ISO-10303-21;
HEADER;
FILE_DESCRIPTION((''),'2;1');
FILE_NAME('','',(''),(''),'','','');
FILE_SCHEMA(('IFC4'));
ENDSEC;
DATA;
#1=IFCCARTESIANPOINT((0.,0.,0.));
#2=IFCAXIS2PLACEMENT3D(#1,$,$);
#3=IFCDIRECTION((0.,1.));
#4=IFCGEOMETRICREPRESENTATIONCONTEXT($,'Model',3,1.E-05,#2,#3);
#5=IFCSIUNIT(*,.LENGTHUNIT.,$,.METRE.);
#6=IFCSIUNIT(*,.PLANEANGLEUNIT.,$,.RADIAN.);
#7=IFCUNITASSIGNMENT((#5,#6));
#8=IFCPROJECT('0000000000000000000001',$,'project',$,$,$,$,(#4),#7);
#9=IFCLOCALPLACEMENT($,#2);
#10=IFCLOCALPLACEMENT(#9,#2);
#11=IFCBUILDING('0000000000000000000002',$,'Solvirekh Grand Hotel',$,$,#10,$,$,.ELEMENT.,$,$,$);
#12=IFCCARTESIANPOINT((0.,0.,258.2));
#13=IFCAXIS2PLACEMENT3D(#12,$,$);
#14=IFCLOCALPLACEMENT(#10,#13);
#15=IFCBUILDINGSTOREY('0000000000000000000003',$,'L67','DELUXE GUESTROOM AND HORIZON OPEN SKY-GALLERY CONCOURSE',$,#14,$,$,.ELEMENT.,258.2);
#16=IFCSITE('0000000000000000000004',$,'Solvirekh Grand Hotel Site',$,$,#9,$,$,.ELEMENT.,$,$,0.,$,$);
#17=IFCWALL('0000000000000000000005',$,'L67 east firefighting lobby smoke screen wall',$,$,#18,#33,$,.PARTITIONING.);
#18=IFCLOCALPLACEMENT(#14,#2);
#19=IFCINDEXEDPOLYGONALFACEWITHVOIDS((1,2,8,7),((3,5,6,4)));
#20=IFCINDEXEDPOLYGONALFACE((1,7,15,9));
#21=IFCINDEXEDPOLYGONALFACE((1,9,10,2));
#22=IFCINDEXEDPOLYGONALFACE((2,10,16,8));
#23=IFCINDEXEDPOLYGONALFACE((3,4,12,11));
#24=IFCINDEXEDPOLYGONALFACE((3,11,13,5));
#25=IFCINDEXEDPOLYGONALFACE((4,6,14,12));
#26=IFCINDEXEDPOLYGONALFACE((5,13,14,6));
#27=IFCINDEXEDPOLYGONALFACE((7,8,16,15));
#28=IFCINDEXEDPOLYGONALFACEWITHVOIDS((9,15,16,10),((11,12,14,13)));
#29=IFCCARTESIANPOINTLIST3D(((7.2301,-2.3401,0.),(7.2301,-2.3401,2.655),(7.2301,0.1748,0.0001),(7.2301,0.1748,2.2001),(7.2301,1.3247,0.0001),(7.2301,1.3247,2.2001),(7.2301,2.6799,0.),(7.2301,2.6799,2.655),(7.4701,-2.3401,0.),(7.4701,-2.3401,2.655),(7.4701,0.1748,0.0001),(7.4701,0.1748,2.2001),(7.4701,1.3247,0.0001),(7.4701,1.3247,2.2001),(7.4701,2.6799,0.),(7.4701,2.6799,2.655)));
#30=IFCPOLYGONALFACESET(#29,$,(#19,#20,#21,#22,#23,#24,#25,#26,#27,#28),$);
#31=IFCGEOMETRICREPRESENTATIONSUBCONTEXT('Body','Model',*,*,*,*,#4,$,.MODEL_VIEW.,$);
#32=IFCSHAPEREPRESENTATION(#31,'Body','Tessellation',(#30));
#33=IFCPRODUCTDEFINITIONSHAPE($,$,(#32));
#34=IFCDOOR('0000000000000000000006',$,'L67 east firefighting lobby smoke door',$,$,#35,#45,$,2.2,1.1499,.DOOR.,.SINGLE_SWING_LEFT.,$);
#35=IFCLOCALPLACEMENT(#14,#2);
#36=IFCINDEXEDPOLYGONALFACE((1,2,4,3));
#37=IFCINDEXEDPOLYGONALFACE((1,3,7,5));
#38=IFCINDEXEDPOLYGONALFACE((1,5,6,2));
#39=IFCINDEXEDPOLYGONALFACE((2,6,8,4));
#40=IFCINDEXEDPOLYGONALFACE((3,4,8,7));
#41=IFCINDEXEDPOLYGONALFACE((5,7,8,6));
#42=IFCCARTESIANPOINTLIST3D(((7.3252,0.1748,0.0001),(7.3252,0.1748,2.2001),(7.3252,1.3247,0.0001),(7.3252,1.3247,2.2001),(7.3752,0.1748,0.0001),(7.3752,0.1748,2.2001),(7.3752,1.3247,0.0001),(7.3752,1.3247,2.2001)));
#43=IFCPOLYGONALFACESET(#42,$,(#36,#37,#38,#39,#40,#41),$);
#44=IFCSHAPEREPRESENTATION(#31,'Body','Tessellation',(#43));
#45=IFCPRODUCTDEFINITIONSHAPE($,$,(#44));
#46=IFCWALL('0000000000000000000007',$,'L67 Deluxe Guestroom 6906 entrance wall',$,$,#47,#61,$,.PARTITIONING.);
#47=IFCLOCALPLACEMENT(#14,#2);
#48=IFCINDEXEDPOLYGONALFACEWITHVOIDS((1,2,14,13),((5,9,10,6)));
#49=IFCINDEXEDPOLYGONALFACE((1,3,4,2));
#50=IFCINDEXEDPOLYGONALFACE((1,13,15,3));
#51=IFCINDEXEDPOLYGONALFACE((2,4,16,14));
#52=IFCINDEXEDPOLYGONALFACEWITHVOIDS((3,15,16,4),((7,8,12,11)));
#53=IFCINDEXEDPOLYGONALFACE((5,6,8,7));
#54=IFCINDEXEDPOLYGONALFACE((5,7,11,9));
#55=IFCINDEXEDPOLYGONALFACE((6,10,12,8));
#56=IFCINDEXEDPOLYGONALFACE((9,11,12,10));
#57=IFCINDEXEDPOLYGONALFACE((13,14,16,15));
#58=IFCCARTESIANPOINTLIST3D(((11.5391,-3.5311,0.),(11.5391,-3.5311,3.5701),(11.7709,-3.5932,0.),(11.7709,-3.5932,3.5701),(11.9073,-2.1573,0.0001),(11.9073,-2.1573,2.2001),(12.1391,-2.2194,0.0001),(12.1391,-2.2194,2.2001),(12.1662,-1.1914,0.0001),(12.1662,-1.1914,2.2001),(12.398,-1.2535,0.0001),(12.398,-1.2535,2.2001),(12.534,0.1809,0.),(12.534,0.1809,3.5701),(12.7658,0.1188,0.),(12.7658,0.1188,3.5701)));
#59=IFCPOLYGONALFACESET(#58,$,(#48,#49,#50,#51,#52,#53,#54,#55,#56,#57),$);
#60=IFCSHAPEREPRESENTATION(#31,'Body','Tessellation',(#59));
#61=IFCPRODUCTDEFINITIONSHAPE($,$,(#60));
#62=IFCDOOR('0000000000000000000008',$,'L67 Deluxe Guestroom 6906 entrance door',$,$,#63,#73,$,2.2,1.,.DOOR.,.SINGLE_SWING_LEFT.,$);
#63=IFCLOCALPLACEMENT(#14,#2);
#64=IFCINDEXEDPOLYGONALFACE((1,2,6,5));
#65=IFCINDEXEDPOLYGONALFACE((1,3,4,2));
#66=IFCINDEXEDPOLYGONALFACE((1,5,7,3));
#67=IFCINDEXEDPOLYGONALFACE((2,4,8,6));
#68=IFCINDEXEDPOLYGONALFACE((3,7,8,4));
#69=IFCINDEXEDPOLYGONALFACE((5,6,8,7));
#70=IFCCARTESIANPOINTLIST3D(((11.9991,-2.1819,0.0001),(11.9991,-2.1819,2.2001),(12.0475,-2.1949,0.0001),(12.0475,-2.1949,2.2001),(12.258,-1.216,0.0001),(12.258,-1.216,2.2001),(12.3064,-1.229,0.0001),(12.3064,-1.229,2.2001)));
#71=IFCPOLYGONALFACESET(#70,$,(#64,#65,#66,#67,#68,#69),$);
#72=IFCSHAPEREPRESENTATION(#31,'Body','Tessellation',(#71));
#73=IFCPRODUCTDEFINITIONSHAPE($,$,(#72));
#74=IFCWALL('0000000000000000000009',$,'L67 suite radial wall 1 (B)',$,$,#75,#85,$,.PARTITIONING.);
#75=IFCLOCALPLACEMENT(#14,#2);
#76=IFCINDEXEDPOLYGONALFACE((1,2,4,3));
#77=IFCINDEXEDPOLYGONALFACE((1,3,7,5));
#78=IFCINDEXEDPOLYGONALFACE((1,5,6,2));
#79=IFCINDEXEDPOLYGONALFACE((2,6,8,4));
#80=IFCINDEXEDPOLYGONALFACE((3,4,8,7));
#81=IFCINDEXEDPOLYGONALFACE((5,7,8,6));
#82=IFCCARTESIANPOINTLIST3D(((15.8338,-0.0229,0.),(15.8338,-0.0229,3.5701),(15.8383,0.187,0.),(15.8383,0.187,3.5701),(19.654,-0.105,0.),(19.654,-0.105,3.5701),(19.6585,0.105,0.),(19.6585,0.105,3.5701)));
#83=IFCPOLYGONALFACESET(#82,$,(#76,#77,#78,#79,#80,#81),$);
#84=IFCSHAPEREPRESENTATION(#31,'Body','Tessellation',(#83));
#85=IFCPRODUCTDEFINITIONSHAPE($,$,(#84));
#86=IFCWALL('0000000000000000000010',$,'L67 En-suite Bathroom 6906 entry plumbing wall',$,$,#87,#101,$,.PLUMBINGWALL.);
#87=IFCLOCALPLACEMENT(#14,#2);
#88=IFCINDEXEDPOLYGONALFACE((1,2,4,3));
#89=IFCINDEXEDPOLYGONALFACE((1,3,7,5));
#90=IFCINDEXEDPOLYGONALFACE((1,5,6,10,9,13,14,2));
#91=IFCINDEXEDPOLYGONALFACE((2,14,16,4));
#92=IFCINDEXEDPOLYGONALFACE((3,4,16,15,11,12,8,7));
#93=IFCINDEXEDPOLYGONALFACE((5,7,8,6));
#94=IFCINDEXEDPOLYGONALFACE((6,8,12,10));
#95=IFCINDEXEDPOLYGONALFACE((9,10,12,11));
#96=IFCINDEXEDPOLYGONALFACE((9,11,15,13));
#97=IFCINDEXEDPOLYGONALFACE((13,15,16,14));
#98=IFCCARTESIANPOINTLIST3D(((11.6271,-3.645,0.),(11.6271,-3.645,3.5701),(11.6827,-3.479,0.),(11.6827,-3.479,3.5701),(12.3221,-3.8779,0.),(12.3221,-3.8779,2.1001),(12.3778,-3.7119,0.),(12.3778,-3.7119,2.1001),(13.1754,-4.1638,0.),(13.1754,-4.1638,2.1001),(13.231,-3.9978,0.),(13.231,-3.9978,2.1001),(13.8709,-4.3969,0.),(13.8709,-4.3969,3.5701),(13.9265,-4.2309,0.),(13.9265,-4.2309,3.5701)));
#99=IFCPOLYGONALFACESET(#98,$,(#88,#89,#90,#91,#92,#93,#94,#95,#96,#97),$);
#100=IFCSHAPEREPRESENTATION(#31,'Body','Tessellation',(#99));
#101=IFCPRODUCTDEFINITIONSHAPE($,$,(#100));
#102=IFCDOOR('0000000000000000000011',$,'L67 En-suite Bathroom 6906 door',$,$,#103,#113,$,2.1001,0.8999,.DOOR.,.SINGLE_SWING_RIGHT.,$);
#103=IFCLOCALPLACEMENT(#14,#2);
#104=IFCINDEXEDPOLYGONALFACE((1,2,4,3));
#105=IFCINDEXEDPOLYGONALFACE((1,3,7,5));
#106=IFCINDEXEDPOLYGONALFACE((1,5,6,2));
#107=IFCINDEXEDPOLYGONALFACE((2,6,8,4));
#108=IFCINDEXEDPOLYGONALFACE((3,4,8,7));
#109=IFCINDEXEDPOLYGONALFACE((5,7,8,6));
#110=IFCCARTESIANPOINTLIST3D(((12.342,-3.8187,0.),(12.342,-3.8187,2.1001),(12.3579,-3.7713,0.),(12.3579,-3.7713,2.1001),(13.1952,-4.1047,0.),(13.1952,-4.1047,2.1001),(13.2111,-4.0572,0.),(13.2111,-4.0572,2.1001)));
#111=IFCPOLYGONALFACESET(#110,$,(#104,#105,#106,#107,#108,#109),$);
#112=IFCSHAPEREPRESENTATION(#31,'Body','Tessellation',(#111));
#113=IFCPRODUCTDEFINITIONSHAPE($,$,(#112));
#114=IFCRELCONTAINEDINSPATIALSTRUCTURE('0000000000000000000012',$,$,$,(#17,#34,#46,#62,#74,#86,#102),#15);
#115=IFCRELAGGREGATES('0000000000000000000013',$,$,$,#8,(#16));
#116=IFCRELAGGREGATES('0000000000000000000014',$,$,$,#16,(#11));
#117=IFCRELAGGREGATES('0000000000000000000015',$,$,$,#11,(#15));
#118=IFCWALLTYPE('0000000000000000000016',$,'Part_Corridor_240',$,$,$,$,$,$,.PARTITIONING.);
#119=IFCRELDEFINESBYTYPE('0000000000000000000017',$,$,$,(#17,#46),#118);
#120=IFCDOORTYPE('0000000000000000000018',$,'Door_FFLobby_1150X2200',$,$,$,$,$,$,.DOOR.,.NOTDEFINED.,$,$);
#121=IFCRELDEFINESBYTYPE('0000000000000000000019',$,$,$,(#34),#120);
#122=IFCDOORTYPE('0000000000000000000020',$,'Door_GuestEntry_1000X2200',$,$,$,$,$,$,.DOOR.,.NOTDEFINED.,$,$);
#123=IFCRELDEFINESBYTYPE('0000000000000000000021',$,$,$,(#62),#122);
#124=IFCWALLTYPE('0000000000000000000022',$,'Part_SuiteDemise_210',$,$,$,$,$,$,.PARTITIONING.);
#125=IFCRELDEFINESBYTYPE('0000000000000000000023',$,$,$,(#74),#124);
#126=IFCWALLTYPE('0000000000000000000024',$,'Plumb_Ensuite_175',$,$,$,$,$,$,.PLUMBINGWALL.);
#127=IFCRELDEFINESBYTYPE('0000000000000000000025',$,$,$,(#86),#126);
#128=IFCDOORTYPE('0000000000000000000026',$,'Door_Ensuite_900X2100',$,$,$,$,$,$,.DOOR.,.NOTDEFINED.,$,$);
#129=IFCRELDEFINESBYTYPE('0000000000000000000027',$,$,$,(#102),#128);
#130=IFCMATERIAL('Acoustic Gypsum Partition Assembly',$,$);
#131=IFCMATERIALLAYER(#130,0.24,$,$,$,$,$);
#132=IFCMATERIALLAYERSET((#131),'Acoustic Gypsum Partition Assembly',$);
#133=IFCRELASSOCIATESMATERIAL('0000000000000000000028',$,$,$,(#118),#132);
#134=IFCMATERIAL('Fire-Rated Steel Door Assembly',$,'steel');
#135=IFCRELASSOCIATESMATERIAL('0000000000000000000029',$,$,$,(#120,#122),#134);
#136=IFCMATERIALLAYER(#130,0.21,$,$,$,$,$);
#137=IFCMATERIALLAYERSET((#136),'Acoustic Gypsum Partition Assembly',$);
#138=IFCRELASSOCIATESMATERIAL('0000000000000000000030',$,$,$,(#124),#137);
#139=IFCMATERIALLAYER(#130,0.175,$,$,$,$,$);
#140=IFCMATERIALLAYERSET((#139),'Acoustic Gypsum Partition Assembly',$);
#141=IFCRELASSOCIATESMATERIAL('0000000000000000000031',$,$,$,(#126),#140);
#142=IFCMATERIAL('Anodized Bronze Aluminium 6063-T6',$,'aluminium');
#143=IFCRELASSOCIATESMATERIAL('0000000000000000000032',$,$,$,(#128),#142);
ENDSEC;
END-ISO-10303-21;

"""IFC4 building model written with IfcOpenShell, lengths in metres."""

from ifc_helpers import new_model, si_unit, direction, frame, frame_2d, origin, place, context, subcontext, project, spatial, rectangle, extrude, material, layer, layer_set, type_object, element, fill, save


model = new_model("IFC4")

# Units and contexts
model_context = context("Model", 3, precision=1e-05, world=origin(), true_north=direction((0.0, 1.0)))
body_context = subcontext(model_context, "Body", "Model", "MODEL_VIEW")
ifc_project = project(units=[si_unit("LENGTHUNIT", "METRE"), si_unit("PLANEANGLEUNIT", "RADIAN")], contexts=[model_context])

# Site, building, storey
site_placement = place(None, origin())
site = spatial("IfcSite", under=ifc_project, at=site_placement, Name="Solvirekh Grand Hotel Site", CompositionType="ELEMENT", RefElevation=0.0)
building_placement = place(site_placement, origin())
building = spatial("IfcBuilding", under=site, at=building_placement, Name="Solvirekh Grand Hotel", CompositionType="ELEMENT")
storey_placement = place(building_placement, frame((0.0, 0.0, 258.2)))
storey = spatial("IfcBuildingStorey", under=building, at=storey_placement, Name="L67", Description="DELUXE GUESTROOM AND HORIZON OPEN SKY-GALLERY CONCOURSE", CompositionType="ELEMENT", Elevation=258.2)

# Shared definitions
ifc_material_1 = material(Name="Anodized Bronze Aluminium 6063-T6", Category="aluminium")

# Walls, openings, doors
ifc_material_2 = material(Name="Acoustic Gypsum Partition Assembly")
ifc_layer_1 = layer(ifc_material_2, 0.24)
ifc_layer_set_1 = layer_set([ifc_layer_1], Name="Acoustic Gypsum Partition Assembly")
wall_type_1 = type_object("IfcWallType", Name="Part_Corridor_240", PredefinedType="PARTITIONING", material=ifc_layer_set_1)
wall_1_placement = place(storey_placement, frame((7.3501, -2.3401, 0.0), z_axis=(0.0, 0.0, 1.0), x_axis=(0.0, 1.0, 0.0)))
wall_1 = element("IfcWall", 1, at=wall_1_placement, inside=storey, type_object=wall_type_1, Name="L67 east firefighting lobby smoke screen wall", PredefinedType="PARTITIONING", context=body_context, shape_type="SweptSolid", body=[
    extrude(rectangle(XDim=5.02, YDim=0.24, at=frame_2d((2.51, 0.0))), origin(), (0.0, 0.0, 1.0), 2.655),
])
opening_1_placement = place(wall_1_placement, frame((2.5149, 0.0, 0.0)))
opening_1 = element("IfcOpeningElement", 2, at=opening_1_placement, cuts=wall_1, PredefinedType="OPENING", context=body_context, shape_type="SweptSolid", body=[
    extrude(rectangle(XDim=1.1499, YDim=2.2, at=frame_2d((0.575, 1.1001))), frame((0.0, 0.1299, 0.0), z_axis=(0.0, -1.0, 0.0), x_axis=(1.0, 0.0, 0.0)), (0.0, 0.0, 1.0), 0.26),
])
ifc_material_3 = material(Name="Fire-Rated Steel Door Assembly", Category="steel")
door_type_1 = type_object("IfcDoorType", Name="Door_FFLobby_1150X2200", OperationType="NOTDEFINED", PredefinedType="DOOR", material=ifc_material_3)
door_1_placement = place(opening_1_placement, origin())
door_1 = element("IfcDoor", 3, at=door_1_placement, inside=storey, type_object=door_type_1, Name="L67 east firefighting lobby smoke door", OperationType="SINGLE_SWING_LEFT", OverallHeight=2.2, OverallWidth=1.1499, PredefinedType="DOOR", context=body_context, shape_type="SweptSolid", body=[
    extrude(rectangle(XDim=1.1499, YDim=2.2, at=frame_2d((0.575, 1.1001))), frame((0.0, 0.0249, 0.0), z_axis=(0.0, -1.0, 0.0), x_axis=(1.0, 0.0, 0.0)), (0.0, 0.0, 1.0), 0.05),
])
fill(opening_1, door_1)
wall_2_placement = place(storey_placement, frame((11.655, -3.562, 0.0), z_axis=(0.0, 0.0, 1.0), x_axis=(0.258884, 0.965908, 0.0)))
wall_2 = element("IfcWall", 4, at=wall_2_placement, inside=storey, type_object=wall_type_1, Name="L67 Deluxe Guestroom 6906 entrance wall", PredefinedType="PARTITIONING", context=body_context, shape_type="SweptSolid", body=[
    extrude(rectangle(XDim=3.843, YDim=0.24, at=frame_2d((1.9214, 0.0))), origin(), (0.0, 0.0, 1.0), 3.5701),
])
opening_2_placement = place(wall_2_placement, frame((1.4221, 0.0, 0.0)))
opening_2 = element("IfcOpeningElement", 5, at=opening_2_placement, cuts=wall_2, PredefinedType="OPENING", context=body_context, shape_type="SweptSolid", body=[
    extrude(rectangle(XDim=1.0, YDim=2.2, at=frame_2d((0.5, 1.1001))), frame((0.0, 0.1299, 0.0), z_axis=(0.0, -1.0, 0.0), x_axis=(1.0, 0.0, 0.0)), (0.0, 0.0, 1.0), 0.26),
])
door_type_2 = type_object("IfcDoorType", Name="Door_GuestEntry_1000X2200", OperationType="NOTDEFINED", PredefinedType="DOOR", material=ifc_material_3)
door_2_placement = place(opening_2_placement, origin())
door_2 = element("IfcDoor", 6, at=door_2_placement, inside=storey, type_object=door_type_2, Name="L67 Deluxe Guestroom 6906 entrance door", OperationType="SINGLE_SWING_LEFT", OverallHeight=2.2, OverallWidth=1.0, PredefinedType="DOOR", context=body_context, shape_type="SweptSolid", body=[
    extrude(rectangle(XDim=1.0, YDim=2.2, at=frame_2d((0.5, 1.1001))), frame((0.0, 0.0249, 0.0), z_axis=(0.0, -1.0, 0.0), x_axis=(1.0, 0.0, 0.0)), (0.0, 0.0, 1.0), 0.05),
])
fill(opening_2, door_2)

# Wall
ifc_layer_2 = layer(ifc_material_2, 0.21)
ifc_layer_set_2 = layer_set([ifc_layer_2], Name="Acoustic Gypsum Partition Assembly")
wall_type_2 = type_object("IfcWallType", Name="Part_SuiteDemise_210", PredefinedType="PARTITIONING", material=ifc_layer_set_2)
wall_3_placement = place(storey_placement, frame((15.8359, 0.082, 0.0), z_axis=(0.0, 0.0, 1.0), x_axis=(0.99977, -0.021469, 0.0)))
element("IfcWall", 7, at=wall_3_placement, inside=storey, type_object=wall_type_2, Name="L67 suite radial wall 1 (B)", PredefinedType="PARTITIONING", context=body_context, shape_type="SweptSolid", body=[
    extrude(rectangle(XDim=3.821, YDim=0.21, at=frame_2d((1.9106, 0.0))), origin(), (0.0, 0.0, 1.0), 3.5701),
])

# Wall, opening, door
ifc_layer_3 = layer(ifc_material_2, 0.175)
ifc_layer_set_3 = layer_set([ifc_layer_3], Name="Acoustic Gypsum Partition Assembly")
wall_type_3 = type_object("IfcWallType", Name="Plumb_Ensuite_175", PredefinedType="PLUMBINGWALL", material=ifc_layer_set_3)
wall_4_placement = place(storey_placement, frame((11.655, -3.562, 0.0), z_axis=(0.0, 0.0, 1.0), x_axis=(0.948177, -0.317744, 0.0)))
wall_4 = element("IfcWall", 8, at=wall_4_placement, inside=storey, type_object=wall_type_3, Name="L67 En-suite Bathroom 6906 entry plumbing wall", PredefinedType="PLUMBINGWALL", context=body_context, shape_type="SweptSolid", body=[
    extrude(rectangle(XDim=2.3665, YDim=0.175, at=frame_2d((1.1831, 0.0))), origin(), (0.0, 0.0, 1.0), 3.5701),
])
opening_3_placement = place(wall_4_placement, frame((0.7329, 0.0, 0.0)))
opening_3 = element("IfcOpeningElement", 9, at=opening_3_placement, cuts=wall_4, PredefinedType="OPENING", context=body_context, shape_type="SweptSolid", body=[
    extrude(rectangle(XDim=0.8999, YDim=2.1001, at=frame_2d((0.45, 1.05))), frame((0.0, 0.0977, 0.0), z_axis=(0.0, -1.0, 0.0), x_axis=(1.0, 0.0, 0.0)), (0.0, 0.0, 1.0), 0.1951),
])
door_type_3 = type_object("IfcDoorType", Name="Door_Ensuite_900X2100", OperationType="NOTDEFINED", PredefinedType="DOOR", material=ifc_material_1)
door_3_placement = place(opening_3_placement, origin())
door_3 = element("IfcDoor", 10, at=door_3_placement, inside=storey, type_object=door_type_3, Name="L67 En-suite Bathroom 6906 door", OperationType="SINGLE_SWING_RIGHT", OverallHeight=2.1001, OverallWidth=0.8999, PredefinedType="DOOR", context=body_context, shape_type="SweptSolid", body=[
    extrude(rectangle(XDim=0.8999, YDim=2.1001, at=frame_2d((0.45, 1.05))), frame((0.0, 0.0249, 0.0), z_axis=(0.0, -1.0, 0.0), x_axis=(1.0, 0.0, 0.0)), (0.0, 0.0, 1.0), 0.05),
])
fill(opening_3, door_3)

save(model, "model.ifc")
